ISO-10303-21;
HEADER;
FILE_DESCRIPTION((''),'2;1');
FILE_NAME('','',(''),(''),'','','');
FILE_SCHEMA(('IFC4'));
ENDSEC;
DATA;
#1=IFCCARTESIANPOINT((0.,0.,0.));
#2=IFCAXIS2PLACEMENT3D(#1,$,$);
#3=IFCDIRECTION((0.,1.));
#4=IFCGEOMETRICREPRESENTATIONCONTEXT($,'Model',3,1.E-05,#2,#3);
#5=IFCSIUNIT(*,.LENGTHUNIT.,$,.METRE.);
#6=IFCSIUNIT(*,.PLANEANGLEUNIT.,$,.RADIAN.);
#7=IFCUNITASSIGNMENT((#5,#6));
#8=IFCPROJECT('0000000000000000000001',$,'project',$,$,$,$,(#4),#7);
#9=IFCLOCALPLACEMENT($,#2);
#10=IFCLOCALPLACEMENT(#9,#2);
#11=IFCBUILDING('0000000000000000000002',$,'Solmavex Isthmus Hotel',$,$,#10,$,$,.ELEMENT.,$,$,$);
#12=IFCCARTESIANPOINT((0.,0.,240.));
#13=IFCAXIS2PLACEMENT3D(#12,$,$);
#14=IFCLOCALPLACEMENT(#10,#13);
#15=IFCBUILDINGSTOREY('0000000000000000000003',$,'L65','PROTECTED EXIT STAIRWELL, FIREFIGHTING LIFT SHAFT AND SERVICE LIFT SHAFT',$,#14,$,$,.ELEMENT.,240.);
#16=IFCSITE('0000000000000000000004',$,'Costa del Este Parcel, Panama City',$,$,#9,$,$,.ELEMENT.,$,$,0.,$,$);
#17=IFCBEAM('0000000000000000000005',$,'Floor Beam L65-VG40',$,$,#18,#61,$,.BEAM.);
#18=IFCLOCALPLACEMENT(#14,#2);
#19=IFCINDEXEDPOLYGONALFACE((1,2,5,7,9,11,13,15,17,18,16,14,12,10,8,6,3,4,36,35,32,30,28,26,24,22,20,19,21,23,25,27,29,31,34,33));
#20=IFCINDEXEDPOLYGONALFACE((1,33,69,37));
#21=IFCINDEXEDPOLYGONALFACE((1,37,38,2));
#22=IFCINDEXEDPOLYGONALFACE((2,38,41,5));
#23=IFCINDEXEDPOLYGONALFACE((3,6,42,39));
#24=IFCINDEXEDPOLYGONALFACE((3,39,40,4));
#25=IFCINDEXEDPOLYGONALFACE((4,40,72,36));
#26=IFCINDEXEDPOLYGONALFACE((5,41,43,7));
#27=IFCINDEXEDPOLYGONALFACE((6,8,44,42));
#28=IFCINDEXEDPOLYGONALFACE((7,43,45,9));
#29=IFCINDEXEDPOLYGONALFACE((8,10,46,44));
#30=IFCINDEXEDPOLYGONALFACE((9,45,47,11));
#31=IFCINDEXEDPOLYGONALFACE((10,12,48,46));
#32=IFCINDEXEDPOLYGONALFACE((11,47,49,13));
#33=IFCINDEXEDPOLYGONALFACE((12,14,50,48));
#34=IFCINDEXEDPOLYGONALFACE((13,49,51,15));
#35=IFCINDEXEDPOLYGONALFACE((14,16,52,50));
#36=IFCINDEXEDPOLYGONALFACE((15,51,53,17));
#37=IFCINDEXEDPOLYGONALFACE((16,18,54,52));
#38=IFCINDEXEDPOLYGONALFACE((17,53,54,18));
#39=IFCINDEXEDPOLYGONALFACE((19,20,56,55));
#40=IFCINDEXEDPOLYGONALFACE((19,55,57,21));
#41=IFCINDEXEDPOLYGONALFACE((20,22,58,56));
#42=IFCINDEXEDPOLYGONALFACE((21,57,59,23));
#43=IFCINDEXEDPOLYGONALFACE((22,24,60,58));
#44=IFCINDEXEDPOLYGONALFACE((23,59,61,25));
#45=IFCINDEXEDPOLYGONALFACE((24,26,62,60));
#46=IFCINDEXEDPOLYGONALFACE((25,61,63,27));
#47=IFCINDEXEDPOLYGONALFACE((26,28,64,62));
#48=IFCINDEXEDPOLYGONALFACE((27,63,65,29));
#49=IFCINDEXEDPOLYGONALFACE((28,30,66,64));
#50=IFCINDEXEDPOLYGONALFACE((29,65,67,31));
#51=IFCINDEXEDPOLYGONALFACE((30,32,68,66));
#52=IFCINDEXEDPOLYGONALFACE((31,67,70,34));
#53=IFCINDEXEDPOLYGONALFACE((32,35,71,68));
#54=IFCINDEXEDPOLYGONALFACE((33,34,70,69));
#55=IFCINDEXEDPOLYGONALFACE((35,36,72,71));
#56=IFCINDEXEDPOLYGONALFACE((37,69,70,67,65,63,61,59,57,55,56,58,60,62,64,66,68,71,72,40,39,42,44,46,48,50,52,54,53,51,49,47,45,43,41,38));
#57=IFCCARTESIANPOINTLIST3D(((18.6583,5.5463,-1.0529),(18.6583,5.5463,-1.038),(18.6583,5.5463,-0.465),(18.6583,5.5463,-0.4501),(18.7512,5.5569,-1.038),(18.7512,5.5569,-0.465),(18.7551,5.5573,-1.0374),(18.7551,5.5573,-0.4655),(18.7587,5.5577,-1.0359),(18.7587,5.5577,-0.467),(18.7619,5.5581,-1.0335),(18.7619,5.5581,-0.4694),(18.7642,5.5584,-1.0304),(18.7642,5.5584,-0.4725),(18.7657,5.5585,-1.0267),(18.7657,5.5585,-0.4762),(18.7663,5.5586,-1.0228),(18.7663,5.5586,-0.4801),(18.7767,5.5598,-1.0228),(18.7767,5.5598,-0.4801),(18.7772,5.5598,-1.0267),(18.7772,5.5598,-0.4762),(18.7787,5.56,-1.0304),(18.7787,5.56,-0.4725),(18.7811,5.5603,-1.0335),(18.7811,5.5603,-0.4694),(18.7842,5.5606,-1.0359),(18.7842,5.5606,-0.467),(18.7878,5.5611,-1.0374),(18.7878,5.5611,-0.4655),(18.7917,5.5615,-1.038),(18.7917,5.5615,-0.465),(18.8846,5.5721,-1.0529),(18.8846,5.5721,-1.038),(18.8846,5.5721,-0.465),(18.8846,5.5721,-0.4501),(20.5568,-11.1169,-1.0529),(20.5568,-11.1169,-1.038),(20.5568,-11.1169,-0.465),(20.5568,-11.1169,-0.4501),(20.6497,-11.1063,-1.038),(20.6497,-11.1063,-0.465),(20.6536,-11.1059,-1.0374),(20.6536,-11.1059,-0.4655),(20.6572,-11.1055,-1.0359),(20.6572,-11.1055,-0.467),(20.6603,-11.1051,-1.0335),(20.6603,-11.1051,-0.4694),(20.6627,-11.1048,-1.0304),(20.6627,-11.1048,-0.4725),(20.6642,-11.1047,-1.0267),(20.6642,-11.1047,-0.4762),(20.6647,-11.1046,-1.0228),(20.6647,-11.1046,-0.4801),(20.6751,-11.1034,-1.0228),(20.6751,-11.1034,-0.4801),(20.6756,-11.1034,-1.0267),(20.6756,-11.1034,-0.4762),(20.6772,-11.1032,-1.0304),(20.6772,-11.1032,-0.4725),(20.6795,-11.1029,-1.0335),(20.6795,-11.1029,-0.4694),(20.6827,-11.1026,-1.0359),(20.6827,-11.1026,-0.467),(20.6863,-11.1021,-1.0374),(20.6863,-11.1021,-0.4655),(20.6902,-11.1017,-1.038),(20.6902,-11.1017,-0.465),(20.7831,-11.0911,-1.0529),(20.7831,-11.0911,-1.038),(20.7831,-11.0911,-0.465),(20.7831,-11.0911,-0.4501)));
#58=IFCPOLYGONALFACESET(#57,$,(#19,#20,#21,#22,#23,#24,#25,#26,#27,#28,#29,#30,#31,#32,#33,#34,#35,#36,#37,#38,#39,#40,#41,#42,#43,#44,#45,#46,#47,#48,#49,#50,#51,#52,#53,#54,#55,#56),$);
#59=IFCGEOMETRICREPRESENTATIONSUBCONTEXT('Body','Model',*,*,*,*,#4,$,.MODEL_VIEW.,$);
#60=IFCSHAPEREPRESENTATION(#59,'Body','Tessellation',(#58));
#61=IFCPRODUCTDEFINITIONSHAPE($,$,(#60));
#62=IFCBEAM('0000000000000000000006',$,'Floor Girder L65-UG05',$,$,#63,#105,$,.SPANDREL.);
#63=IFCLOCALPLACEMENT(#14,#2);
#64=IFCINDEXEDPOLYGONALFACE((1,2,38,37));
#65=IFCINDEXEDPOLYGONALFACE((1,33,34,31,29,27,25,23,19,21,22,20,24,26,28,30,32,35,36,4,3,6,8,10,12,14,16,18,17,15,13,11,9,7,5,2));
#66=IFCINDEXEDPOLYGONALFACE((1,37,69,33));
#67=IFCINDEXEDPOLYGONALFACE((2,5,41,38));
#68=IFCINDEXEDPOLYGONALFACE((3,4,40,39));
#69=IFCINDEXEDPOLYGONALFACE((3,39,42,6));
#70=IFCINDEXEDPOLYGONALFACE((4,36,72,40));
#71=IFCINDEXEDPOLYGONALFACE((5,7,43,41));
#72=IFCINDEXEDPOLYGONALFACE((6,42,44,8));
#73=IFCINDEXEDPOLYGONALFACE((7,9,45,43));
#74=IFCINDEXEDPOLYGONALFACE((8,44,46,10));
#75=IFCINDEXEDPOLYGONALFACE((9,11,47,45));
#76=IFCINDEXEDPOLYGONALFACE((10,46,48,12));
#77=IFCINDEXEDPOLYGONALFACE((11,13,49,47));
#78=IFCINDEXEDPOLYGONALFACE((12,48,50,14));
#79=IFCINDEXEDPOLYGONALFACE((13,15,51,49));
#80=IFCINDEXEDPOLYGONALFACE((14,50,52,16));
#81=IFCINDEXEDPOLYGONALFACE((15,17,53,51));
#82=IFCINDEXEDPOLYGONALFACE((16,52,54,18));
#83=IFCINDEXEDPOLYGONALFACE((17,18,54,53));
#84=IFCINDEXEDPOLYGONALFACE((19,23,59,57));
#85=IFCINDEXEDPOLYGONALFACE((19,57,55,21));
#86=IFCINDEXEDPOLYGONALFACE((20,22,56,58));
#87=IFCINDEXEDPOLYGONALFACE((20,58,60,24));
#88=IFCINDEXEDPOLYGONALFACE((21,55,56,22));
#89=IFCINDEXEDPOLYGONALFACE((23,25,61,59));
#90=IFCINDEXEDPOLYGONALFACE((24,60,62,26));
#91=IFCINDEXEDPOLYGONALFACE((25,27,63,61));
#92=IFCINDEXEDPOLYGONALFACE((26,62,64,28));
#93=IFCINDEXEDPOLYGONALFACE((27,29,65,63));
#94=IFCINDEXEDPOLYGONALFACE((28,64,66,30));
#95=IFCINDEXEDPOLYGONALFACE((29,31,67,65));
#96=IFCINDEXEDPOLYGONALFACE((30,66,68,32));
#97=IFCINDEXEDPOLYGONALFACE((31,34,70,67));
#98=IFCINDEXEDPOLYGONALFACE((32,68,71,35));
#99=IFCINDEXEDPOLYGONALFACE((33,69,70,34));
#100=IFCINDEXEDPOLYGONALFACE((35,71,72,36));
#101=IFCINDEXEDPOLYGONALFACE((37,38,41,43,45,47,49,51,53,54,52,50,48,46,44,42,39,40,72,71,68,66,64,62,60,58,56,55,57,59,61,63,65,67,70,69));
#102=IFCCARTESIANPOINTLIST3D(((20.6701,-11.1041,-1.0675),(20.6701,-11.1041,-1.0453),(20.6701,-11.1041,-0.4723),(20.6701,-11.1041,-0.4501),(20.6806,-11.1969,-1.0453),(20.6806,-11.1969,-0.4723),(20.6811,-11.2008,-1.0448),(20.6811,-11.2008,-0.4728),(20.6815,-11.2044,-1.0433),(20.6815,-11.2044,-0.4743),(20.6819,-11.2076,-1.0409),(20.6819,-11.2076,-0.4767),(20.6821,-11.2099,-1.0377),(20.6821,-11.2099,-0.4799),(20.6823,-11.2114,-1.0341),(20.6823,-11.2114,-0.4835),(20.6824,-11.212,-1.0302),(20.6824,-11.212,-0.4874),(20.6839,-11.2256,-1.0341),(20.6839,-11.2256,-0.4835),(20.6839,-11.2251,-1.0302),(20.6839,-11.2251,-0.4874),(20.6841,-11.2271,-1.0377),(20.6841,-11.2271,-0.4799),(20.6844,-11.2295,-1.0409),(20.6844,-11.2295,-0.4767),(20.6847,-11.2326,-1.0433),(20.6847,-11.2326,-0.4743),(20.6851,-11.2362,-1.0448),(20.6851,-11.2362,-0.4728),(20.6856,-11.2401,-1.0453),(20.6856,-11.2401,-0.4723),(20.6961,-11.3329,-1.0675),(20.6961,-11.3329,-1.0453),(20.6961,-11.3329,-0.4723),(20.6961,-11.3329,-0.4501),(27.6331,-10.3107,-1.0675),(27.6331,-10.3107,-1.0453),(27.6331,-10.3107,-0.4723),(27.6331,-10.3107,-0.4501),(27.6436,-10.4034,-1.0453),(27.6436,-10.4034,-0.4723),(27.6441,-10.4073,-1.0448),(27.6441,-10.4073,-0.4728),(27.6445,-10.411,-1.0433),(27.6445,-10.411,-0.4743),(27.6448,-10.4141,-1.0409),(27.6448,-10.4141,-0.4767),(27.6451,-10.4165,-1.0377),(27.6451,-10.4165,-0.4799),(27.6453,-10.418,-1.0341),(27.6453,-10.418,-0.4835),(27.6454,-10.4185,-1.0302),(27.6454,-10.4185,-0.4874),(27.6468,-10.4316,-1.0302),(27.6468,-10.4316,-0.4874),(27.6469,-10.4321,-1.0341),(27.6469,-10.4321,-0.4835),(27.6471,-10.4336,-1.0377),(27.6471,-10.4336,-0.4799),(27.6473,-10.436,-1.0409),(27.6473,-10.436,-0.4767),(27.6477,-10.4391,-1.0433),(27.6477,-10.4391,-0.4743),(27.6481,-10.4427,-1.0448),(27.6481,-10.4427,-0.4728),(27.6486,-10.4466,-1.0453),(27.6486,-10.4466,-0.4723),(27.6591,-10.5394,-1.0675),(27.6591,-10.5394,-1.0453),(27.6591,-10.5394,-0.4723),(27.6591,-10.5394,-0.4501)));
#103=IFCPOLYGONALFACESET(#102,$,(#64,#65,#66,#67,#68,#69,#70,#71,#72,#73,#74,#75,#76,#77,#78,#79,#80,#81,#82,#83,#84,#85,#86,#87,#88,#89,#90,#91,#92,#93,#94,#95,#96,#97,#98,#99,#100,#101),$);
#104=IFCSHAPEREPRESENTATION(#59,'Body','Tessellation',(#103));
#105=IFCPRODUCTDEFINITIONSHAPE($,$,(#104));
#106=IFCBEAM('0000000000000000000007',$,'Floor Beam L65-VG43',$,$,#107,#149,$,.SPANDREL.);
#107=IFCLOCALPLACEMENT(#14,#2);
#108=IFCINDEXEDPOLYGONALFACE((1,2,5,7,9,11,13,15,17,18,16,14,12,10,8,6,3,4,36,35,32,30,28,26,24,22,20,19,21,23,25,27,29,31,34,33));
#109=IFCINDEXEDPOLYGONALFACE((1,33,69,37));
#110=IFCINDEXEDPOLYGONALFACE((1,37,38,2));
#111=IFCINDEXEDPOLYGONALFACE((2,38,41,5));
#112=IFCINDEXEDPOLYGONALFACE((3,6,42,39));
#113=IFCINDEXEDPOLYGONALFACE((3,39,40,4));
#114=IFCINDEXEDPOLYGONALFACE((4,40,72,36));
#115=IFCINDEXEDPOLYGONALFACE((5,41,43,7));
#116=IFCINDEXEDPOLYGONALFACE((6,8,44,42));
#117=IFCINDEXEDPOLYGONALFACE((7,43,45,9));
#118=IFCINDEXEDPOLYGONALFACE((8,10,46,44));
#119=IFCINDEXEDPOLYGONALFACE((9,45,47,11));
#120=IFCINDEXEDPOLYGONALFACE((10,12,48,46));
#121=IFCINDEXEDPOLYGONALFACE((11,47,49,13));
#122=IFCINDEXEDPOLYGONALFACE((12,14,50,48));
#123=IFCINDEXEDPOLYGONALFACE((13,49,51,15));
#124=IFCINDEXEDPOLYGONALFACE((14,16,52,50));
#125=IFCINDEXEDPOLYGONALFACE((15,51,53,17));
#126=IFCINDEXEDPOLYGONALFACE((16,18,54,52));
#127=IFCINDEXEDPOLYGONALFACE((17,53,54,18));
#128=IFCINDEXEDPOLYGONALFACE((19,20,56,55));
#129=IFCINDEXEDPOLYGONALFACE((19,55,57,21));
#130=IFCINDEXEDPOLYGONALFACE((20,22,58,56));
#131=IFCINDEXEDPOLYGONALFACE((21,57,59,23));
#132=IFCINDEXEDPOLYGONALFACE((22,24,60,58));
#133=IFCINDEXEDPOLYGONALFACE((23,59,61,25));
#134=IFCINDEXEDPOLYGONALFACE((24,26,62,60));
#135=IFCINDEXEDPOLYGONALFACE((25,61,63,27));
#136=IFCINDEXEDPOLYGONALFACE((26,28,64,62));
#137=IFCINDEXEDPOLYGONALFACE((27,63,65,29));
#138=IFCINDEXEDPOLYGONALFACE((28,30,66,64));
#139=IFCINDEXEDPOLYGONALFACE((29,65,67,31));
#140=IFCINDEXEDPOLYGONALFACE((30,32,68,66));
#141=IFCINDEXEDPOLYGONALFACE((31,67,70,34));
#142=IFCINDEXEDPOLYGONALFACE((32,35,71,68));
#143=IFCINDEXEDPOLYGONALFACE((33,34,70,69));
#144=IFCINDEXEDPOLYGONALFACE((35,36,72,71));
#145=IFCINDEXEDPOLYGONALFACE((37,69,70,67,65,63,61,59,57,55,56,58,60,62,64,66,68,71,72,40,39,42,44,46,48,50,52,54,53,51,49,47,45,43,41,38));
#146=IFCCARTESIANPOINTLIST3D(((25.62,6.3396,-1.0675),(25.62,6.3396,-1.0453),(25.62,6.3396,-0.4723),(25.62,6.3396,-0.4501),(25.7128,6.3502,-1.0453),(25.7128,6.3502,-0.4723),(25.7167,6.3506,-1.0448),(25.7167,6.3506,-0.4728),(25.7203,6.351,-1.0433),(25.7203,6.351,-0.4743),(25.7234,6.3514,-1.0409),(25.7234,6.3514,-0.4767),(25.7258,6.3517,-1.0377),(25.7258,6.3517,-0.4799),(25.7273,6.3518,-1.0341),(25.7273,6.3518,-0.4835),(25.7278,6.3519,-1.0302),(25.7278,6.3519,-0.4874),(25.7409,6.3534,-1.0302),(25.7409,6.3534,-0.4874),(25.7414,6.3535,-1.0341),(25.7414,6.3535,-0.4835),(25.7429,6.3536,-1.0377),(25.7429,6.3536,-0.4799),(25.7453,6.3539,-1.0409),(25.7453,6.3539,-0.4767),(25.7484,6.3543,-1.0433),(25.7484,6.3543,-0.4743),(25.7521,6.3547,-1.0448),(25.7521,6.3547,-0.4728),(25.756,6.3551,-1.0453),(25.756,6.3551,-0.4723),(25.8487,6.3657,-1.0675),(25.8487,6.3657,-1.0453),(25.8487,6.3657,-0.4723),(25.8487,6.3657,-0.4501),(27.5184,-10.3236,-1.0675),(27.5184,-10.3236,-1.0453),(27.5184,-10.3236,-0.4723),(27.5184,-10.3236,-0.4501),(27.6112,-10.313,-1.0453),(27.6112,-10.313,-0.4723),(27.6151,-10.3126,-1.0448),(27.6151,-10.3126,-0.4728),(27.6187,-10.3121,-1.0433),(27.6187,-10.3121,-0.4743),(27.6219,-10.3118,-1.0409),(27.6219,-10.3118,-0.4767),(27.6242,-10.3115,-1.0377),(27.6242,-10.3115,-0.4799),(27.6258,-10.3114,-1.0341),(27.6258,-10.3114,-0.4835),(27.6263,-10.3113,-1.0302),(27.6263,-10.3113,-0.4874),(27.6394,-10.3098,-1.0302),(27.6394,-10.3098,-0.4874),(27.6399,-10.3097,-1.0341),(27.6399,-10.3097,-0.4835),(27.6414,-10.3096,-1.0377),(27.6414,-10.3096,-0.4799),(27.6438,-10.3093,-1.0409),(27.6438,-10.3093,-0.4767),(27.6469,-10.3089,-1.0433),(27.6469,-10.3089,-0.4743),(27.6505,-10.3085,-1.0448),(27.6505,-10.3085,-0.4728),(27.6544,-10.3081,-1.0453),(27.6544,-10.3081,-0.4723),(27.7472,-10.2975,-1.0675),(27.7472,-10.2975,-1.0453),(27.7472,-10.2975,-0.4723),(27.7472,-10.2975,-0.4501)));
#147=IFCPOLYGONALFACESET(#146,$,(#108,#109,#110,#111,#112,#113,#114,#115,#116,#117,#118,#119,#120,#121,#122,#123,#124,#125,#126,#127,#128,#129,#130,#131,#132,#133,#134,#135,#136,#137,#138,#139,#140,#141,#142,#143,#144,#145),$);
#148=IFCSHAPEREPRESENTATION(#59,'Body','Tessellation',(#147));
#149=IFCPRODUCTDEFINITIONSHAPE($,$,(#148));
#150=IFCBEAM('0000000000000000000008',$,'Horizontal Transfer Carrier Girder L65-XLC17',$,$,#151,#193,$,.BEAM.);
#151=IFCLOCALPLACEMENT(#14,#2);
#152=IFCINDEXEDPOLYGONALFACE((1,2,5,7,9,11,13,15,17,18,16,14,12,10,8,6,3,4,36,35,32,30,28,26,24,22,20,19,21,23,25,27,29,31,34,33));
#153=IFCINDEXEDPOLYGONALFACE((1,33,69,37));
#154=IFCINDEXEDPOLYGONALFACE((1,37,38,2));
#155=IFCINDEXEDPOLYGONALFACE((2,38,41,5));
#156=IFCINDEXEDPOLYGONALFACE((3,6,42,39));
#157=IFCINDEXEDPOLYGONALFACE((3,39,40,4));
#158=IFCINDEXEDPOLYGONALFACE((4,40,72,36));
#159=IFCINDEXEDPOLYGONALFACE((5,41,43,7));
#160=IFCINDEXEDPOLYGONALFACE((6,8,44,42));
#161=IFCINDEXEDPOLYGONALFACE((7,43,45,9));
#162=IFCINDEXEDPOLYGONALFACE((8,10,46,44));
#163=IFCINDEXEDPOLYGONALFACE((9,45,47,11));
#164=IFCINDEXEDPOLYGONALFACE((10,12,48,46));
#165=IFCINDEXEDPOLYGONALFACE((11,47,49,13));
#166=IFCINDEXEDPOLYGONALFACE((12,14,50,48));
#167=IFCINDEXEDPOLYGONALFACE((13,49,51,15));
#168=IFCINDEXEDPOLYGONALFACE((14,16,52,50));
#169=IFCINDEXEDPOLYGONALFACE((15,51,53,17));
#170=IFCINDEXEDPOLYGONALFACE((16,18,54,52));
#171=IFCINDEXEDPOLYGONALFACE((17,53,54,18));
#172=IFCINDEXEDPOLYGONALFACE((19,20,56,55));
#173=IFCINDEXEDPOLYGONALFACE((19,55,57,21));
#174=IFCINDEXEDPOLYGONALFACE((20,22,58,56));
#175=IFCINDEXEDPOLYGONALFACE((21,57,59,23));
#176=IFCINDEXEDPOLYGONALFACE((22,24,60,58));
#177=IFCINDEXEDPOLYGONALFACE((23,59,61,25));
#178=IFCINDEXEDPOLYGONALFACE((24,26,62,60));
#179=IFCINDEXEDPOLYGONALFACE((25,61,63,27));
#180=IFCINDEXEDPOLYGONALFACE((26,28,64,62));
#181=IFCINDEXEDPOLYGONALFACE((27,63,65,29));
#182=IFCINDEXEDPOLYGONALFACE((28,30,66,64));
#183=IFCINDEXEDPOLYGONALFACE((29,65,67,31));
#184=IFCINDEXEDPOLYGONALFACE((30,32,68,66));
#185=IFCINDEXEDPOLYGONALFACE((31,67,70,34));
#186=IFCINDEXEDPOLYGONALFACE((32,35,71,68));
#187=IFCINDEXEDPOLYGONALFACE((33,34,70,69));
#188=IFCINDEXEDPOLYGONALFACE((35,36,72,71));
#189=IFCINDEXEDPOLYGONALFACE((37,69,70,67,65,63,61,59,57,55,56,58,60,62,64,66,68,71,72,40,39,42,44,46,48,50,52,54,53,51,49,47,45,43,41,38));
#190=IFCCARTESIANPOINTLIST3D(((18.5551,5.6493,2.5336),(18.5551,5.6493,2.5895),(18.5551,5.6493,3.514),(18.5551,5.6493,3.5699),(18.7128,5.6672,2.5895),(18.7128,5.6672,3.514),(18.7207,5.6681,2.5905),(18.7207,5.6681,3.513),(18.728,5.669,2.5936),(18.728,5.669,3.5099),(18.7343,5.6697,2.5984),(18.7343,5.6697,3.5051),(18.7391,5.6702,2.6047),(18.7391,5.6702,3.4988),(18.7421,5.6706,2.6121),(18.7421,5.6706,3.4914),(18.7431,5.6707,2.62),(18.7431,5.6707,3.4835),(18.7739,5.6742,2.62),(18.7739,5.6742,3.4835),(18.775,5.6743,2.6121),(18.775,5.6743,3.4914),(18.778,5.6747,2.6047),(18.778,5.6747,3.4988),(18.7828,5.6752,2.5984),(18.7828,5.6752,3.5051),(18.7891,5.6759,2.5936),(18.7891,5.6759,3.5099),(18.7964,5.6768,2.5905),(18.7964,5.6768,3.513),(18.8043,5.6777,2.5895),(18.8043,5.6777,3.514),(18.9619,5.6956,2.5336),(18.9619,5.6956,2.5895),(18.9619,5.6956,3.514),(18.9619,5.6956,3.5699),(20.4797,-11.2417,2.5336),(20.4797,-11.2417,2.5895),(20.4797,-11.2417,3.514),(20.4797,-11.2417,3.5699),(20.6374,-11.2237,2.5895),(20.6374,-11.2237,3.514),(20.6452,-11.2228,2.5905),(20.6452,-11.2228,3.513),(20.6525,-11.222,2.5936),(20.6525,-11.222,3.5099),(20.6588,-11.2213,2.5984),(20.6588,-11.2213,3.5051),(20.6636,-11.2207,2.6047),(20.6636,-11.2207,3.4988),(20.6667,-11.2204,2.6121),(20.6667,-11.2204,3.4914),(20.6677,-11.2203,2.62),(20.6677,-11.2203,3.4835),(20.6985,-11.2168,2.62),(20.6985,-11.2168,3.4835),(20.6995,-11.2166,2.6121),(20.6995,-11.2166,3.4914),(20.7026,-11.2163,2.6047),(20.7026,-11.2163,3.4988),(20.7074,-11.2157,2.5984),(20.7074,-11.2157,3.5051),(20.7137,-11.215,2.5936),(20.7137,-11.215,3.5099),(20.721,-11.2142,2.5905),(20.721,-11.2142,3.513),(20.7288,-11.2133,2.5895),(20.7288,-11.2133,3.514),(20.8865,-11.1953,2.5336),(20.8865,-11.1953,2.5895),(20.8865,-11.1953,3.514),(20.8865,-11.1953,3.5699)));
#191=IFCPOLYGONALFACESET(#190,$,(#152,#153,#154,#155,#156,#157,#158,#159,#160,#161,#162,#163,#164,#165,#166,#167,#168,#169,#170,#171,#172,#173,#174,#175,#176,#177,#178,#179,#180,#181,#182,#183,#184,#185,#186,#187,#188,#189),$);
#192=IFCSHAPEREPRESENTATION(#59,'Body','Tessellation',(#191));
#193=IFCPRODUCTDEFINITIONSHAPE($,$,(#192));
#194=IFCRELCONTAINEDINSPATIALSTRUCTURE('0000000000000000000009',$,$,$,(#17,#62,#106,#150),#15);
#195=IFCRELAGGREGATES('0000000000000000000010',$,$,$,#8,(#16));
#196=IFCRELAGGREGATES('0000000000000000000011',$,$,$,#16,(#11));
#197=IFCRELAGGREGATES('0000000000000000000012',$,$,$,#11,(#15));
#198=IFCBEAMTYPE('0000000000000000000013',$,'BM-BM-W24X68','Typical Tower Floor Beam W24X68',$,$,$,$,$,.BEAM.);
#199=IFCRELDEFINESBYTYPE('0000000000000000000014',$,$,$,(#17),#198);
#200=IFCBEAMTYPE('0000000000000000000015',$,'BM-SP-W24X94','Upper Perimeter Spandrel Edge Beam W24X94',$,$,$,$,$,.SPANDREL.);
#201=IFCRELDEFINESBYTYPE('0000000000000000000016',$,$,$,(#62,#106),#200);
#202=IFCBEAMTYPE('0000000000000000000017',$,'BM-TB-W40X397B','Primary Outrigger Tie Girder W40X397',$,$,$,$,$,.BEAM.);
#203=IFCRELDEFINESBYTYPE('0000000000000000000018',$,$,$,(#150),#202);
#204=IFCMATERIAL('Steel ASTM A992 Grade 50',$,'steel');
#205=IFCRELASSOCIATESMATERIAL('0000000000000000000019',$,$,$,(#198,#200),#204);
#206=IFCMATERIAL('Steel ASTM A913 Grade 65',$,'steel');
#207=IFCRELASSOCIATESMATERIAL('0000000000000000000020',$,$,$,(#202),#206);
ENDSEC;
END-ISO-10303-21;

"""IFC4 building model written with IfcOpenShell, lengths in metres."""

from ifc_helpers import new_model, si_unit, direction, frame, origin, origin_2d, place, context, subcontext, project, spatial, i_section, extrude, material, material_profile, profile_set, type_object, element, save


model = new_model("IFC4")

# Units and contexts
model_context = context("Model", 3, precision=1e-05, world=origin(), true_north=direction((0.0, 1.0)))
body_context = subcontext(model_context, "Body", "Model", "MODEL_VIEW")
ifc_project = project(units=[si_unit("LENGTHUNIT", "METRE"), si_unit("PLANEANGLEUNIT", "RADIAN")], contexts=[model_context])

# Site, building, storey
site_placement = place(None, origin())
site = spatial("IfcSite", under=ifc_project, at=site_placement, Name="Costa del Este Parcel, Panama City", CompositionType="ELEMENT", RefElevation=0.0)
building_placement = place(site_placement, origin())
building = spatial("IfcBuilding", under=site, at=building_placement, Name="Solmavex Isthmus Hotel", CompositionType="ELEMENT")
storey_placement = place(building_placement, frame((0.0, 0.0, 240.0)))
storey = spatial("IfcBuildingStorey", under=building, at=storey_placement, Name="L65", Description="PROTECTED EXIT STAIRWELL, FIREFIGHTING LIFT SHAFT AND SERVICE LIFT SHAFT", CompositionType="ELEMENT", Elevation=240.0)

# Shared definitions
ifc_material_1 = material(Name="Steel ASTM A913 Grade 65", Category="steel")

# Beams
ifc_material_2 = material(Name="Steel ASTM A992 Grade 50", Category="steel")
ifc_material_profile_1 = material_profile(ifc_material_2, i_section(OverallWidth=0.2278, OverallDepth=0.6028, WebThickness=0.0105, FlangeThickness=0.0149, FilletRadius=0.0151, at=origin_2d()), Name="W24X68")
ifc_profile_set_1 = profile_set([ifc_material_profile_1], Name="Steel ASTM A992 Grade 50")
beam_type_1 = type_object("IfcBeamType", Name="BM-BM-W24X68", Description="Typical Tower Floor Beam W24X68", PredefinedType="BEAM", material=ifc_profile_set_1)
beam_1_placement = place(storey_placement, frame((20.6699, -11.104, -0.7515), z_axis=(-0.113198, 0.993572, 0.0), x_axis=(-0.993572, -0.113198, 0.0)))
element("IfcBeam", 1, at=beam_1_placement, inside=storey, type_object=beam_type_1, Name="Floor Beam L65-VG40", PredefinedType="BEAM", context=body_context, shape_type="SweptSolid", body=[
    extrude(i_section(OverallWidth=0.2278, OverallDepth=0.6028, WebThickness=0.0105, FlangeThickness=0.0149, FilletRadius=0.0151, at=origin_2d()), origin(), (0.0, 0.0, 1.0), 16.771),
])
ifc_material_profile_2 = material_profile(ifc_material_2, i_section(OverallWidth=0.2302, OverallDepth=0.6174, WebThickness=0.0132, FlangeThickness=0.0222, FilletRadius=0.0151, at=origin_2d()), Name="W24X94")
ifc_profile_set_2 = profile_set([ifc_material_profile_2], Name="Steel ASTM A992 Grade 50")
beam_type_2 = type_object("IfcBeamType", Name="BM-SP-W24X94", Description="Upper Perimeter Spandrel Edge Beam W24X94", PredefinedType="SPANDREL", material=ifc_profile_set_2)
beam_2_placement = place(storey_placement, frame((20.6831, -11.2185, -0.7588), z_axis=(0.99357, 0.113222, 0.0), x_axis=(-0.113222, 0.99357, 0.0)))
element("IfcBeam", 2, at=beam_2_placement, inside=storey, type_object=beam_type_2, Name="Floor Girder L65-UG05", PredefinedType="SPANDREL", context=body_context, shape_type="SweptSolid", body=[
    extrude(i_section(OverallWidth=0.2302, OverallDepth=0.6174, WebThickness=0.0132, FlangeThickness=0.0222, FilletRadius=0.0151, at=origin_2d()), origin(), (0.0, 0.0, 1.0), 7.0081),
])
beam_3_placement = place(storey_placement, frame((27.6328, -10.3105, -0.7588), z_axis=(-0.113198, 0.993572, 0.0), x_axis=(-0.993572, -0.113198, 0.0)))
element("IfcBeam", 3, at=beam_3_placement, inside=storey, type_object=beam_type_2, Name="Floor Beam L65-VG43", PredefinedType="SPANDREL", context=body_context, shape_type="SweptSolid", body=[
    extrude(i_section(OverallWidth=0.2302, OverallDepth=0.6174, WebThickness=0.0132, FlangeThickness=0.0222, FilletRadius=0.0151, at=origin_2d()), origin(), (0.0, 0.0, 1.0), 16.771),
])
ifc_material_profile_3 = material_profile(ifc_material_1, i_section(OverallWidth=0.4094, OverallDepth=1.0364, WebThickness=0.031, FlangeThickness=0.0559, FilletRadius=0.0305, at=origin_2d()), Name="W40X397")
ifc_profile_set_3 = profile_set([ifc_material_profile_3], Name="Steel ASTM A913 Grade 65")
beam_type_3 = type_object("IfcBeamType", Name="BM-TB-W40X397B", Description="Primary Outrigger Tie Girder W40X397", PredefinedType="BEAM", material=ifc_profile_set_3)
beam_4_placement = place(storey_placement, frame((20.6831, -11.2185, 3.0518), z_axis=(-0.113208, 0.993571, 0.0), x_axis=(-0.993571, -0.113208, 0.0)))
element("IfcBeam", 4, at=beam_4_placement, inside=storey, type_object=beam_type_3, Name="Horizontal Transfer Carrier Girder L65-XLC17", PredefinedType="BEAM", context=body_context, shape_type="SweptSolid", body=[
    extrude(i_section(OverallWidth=0.4094, OverallDepth=1.0364, WebThickness=0.031, FlangeThickness=0.0559, FilletRadius=0.0305, at=origin_2d()), origin(), (0.0, 0.0, 1.0), 17.0002),
])

save(model, "model.ifc")
